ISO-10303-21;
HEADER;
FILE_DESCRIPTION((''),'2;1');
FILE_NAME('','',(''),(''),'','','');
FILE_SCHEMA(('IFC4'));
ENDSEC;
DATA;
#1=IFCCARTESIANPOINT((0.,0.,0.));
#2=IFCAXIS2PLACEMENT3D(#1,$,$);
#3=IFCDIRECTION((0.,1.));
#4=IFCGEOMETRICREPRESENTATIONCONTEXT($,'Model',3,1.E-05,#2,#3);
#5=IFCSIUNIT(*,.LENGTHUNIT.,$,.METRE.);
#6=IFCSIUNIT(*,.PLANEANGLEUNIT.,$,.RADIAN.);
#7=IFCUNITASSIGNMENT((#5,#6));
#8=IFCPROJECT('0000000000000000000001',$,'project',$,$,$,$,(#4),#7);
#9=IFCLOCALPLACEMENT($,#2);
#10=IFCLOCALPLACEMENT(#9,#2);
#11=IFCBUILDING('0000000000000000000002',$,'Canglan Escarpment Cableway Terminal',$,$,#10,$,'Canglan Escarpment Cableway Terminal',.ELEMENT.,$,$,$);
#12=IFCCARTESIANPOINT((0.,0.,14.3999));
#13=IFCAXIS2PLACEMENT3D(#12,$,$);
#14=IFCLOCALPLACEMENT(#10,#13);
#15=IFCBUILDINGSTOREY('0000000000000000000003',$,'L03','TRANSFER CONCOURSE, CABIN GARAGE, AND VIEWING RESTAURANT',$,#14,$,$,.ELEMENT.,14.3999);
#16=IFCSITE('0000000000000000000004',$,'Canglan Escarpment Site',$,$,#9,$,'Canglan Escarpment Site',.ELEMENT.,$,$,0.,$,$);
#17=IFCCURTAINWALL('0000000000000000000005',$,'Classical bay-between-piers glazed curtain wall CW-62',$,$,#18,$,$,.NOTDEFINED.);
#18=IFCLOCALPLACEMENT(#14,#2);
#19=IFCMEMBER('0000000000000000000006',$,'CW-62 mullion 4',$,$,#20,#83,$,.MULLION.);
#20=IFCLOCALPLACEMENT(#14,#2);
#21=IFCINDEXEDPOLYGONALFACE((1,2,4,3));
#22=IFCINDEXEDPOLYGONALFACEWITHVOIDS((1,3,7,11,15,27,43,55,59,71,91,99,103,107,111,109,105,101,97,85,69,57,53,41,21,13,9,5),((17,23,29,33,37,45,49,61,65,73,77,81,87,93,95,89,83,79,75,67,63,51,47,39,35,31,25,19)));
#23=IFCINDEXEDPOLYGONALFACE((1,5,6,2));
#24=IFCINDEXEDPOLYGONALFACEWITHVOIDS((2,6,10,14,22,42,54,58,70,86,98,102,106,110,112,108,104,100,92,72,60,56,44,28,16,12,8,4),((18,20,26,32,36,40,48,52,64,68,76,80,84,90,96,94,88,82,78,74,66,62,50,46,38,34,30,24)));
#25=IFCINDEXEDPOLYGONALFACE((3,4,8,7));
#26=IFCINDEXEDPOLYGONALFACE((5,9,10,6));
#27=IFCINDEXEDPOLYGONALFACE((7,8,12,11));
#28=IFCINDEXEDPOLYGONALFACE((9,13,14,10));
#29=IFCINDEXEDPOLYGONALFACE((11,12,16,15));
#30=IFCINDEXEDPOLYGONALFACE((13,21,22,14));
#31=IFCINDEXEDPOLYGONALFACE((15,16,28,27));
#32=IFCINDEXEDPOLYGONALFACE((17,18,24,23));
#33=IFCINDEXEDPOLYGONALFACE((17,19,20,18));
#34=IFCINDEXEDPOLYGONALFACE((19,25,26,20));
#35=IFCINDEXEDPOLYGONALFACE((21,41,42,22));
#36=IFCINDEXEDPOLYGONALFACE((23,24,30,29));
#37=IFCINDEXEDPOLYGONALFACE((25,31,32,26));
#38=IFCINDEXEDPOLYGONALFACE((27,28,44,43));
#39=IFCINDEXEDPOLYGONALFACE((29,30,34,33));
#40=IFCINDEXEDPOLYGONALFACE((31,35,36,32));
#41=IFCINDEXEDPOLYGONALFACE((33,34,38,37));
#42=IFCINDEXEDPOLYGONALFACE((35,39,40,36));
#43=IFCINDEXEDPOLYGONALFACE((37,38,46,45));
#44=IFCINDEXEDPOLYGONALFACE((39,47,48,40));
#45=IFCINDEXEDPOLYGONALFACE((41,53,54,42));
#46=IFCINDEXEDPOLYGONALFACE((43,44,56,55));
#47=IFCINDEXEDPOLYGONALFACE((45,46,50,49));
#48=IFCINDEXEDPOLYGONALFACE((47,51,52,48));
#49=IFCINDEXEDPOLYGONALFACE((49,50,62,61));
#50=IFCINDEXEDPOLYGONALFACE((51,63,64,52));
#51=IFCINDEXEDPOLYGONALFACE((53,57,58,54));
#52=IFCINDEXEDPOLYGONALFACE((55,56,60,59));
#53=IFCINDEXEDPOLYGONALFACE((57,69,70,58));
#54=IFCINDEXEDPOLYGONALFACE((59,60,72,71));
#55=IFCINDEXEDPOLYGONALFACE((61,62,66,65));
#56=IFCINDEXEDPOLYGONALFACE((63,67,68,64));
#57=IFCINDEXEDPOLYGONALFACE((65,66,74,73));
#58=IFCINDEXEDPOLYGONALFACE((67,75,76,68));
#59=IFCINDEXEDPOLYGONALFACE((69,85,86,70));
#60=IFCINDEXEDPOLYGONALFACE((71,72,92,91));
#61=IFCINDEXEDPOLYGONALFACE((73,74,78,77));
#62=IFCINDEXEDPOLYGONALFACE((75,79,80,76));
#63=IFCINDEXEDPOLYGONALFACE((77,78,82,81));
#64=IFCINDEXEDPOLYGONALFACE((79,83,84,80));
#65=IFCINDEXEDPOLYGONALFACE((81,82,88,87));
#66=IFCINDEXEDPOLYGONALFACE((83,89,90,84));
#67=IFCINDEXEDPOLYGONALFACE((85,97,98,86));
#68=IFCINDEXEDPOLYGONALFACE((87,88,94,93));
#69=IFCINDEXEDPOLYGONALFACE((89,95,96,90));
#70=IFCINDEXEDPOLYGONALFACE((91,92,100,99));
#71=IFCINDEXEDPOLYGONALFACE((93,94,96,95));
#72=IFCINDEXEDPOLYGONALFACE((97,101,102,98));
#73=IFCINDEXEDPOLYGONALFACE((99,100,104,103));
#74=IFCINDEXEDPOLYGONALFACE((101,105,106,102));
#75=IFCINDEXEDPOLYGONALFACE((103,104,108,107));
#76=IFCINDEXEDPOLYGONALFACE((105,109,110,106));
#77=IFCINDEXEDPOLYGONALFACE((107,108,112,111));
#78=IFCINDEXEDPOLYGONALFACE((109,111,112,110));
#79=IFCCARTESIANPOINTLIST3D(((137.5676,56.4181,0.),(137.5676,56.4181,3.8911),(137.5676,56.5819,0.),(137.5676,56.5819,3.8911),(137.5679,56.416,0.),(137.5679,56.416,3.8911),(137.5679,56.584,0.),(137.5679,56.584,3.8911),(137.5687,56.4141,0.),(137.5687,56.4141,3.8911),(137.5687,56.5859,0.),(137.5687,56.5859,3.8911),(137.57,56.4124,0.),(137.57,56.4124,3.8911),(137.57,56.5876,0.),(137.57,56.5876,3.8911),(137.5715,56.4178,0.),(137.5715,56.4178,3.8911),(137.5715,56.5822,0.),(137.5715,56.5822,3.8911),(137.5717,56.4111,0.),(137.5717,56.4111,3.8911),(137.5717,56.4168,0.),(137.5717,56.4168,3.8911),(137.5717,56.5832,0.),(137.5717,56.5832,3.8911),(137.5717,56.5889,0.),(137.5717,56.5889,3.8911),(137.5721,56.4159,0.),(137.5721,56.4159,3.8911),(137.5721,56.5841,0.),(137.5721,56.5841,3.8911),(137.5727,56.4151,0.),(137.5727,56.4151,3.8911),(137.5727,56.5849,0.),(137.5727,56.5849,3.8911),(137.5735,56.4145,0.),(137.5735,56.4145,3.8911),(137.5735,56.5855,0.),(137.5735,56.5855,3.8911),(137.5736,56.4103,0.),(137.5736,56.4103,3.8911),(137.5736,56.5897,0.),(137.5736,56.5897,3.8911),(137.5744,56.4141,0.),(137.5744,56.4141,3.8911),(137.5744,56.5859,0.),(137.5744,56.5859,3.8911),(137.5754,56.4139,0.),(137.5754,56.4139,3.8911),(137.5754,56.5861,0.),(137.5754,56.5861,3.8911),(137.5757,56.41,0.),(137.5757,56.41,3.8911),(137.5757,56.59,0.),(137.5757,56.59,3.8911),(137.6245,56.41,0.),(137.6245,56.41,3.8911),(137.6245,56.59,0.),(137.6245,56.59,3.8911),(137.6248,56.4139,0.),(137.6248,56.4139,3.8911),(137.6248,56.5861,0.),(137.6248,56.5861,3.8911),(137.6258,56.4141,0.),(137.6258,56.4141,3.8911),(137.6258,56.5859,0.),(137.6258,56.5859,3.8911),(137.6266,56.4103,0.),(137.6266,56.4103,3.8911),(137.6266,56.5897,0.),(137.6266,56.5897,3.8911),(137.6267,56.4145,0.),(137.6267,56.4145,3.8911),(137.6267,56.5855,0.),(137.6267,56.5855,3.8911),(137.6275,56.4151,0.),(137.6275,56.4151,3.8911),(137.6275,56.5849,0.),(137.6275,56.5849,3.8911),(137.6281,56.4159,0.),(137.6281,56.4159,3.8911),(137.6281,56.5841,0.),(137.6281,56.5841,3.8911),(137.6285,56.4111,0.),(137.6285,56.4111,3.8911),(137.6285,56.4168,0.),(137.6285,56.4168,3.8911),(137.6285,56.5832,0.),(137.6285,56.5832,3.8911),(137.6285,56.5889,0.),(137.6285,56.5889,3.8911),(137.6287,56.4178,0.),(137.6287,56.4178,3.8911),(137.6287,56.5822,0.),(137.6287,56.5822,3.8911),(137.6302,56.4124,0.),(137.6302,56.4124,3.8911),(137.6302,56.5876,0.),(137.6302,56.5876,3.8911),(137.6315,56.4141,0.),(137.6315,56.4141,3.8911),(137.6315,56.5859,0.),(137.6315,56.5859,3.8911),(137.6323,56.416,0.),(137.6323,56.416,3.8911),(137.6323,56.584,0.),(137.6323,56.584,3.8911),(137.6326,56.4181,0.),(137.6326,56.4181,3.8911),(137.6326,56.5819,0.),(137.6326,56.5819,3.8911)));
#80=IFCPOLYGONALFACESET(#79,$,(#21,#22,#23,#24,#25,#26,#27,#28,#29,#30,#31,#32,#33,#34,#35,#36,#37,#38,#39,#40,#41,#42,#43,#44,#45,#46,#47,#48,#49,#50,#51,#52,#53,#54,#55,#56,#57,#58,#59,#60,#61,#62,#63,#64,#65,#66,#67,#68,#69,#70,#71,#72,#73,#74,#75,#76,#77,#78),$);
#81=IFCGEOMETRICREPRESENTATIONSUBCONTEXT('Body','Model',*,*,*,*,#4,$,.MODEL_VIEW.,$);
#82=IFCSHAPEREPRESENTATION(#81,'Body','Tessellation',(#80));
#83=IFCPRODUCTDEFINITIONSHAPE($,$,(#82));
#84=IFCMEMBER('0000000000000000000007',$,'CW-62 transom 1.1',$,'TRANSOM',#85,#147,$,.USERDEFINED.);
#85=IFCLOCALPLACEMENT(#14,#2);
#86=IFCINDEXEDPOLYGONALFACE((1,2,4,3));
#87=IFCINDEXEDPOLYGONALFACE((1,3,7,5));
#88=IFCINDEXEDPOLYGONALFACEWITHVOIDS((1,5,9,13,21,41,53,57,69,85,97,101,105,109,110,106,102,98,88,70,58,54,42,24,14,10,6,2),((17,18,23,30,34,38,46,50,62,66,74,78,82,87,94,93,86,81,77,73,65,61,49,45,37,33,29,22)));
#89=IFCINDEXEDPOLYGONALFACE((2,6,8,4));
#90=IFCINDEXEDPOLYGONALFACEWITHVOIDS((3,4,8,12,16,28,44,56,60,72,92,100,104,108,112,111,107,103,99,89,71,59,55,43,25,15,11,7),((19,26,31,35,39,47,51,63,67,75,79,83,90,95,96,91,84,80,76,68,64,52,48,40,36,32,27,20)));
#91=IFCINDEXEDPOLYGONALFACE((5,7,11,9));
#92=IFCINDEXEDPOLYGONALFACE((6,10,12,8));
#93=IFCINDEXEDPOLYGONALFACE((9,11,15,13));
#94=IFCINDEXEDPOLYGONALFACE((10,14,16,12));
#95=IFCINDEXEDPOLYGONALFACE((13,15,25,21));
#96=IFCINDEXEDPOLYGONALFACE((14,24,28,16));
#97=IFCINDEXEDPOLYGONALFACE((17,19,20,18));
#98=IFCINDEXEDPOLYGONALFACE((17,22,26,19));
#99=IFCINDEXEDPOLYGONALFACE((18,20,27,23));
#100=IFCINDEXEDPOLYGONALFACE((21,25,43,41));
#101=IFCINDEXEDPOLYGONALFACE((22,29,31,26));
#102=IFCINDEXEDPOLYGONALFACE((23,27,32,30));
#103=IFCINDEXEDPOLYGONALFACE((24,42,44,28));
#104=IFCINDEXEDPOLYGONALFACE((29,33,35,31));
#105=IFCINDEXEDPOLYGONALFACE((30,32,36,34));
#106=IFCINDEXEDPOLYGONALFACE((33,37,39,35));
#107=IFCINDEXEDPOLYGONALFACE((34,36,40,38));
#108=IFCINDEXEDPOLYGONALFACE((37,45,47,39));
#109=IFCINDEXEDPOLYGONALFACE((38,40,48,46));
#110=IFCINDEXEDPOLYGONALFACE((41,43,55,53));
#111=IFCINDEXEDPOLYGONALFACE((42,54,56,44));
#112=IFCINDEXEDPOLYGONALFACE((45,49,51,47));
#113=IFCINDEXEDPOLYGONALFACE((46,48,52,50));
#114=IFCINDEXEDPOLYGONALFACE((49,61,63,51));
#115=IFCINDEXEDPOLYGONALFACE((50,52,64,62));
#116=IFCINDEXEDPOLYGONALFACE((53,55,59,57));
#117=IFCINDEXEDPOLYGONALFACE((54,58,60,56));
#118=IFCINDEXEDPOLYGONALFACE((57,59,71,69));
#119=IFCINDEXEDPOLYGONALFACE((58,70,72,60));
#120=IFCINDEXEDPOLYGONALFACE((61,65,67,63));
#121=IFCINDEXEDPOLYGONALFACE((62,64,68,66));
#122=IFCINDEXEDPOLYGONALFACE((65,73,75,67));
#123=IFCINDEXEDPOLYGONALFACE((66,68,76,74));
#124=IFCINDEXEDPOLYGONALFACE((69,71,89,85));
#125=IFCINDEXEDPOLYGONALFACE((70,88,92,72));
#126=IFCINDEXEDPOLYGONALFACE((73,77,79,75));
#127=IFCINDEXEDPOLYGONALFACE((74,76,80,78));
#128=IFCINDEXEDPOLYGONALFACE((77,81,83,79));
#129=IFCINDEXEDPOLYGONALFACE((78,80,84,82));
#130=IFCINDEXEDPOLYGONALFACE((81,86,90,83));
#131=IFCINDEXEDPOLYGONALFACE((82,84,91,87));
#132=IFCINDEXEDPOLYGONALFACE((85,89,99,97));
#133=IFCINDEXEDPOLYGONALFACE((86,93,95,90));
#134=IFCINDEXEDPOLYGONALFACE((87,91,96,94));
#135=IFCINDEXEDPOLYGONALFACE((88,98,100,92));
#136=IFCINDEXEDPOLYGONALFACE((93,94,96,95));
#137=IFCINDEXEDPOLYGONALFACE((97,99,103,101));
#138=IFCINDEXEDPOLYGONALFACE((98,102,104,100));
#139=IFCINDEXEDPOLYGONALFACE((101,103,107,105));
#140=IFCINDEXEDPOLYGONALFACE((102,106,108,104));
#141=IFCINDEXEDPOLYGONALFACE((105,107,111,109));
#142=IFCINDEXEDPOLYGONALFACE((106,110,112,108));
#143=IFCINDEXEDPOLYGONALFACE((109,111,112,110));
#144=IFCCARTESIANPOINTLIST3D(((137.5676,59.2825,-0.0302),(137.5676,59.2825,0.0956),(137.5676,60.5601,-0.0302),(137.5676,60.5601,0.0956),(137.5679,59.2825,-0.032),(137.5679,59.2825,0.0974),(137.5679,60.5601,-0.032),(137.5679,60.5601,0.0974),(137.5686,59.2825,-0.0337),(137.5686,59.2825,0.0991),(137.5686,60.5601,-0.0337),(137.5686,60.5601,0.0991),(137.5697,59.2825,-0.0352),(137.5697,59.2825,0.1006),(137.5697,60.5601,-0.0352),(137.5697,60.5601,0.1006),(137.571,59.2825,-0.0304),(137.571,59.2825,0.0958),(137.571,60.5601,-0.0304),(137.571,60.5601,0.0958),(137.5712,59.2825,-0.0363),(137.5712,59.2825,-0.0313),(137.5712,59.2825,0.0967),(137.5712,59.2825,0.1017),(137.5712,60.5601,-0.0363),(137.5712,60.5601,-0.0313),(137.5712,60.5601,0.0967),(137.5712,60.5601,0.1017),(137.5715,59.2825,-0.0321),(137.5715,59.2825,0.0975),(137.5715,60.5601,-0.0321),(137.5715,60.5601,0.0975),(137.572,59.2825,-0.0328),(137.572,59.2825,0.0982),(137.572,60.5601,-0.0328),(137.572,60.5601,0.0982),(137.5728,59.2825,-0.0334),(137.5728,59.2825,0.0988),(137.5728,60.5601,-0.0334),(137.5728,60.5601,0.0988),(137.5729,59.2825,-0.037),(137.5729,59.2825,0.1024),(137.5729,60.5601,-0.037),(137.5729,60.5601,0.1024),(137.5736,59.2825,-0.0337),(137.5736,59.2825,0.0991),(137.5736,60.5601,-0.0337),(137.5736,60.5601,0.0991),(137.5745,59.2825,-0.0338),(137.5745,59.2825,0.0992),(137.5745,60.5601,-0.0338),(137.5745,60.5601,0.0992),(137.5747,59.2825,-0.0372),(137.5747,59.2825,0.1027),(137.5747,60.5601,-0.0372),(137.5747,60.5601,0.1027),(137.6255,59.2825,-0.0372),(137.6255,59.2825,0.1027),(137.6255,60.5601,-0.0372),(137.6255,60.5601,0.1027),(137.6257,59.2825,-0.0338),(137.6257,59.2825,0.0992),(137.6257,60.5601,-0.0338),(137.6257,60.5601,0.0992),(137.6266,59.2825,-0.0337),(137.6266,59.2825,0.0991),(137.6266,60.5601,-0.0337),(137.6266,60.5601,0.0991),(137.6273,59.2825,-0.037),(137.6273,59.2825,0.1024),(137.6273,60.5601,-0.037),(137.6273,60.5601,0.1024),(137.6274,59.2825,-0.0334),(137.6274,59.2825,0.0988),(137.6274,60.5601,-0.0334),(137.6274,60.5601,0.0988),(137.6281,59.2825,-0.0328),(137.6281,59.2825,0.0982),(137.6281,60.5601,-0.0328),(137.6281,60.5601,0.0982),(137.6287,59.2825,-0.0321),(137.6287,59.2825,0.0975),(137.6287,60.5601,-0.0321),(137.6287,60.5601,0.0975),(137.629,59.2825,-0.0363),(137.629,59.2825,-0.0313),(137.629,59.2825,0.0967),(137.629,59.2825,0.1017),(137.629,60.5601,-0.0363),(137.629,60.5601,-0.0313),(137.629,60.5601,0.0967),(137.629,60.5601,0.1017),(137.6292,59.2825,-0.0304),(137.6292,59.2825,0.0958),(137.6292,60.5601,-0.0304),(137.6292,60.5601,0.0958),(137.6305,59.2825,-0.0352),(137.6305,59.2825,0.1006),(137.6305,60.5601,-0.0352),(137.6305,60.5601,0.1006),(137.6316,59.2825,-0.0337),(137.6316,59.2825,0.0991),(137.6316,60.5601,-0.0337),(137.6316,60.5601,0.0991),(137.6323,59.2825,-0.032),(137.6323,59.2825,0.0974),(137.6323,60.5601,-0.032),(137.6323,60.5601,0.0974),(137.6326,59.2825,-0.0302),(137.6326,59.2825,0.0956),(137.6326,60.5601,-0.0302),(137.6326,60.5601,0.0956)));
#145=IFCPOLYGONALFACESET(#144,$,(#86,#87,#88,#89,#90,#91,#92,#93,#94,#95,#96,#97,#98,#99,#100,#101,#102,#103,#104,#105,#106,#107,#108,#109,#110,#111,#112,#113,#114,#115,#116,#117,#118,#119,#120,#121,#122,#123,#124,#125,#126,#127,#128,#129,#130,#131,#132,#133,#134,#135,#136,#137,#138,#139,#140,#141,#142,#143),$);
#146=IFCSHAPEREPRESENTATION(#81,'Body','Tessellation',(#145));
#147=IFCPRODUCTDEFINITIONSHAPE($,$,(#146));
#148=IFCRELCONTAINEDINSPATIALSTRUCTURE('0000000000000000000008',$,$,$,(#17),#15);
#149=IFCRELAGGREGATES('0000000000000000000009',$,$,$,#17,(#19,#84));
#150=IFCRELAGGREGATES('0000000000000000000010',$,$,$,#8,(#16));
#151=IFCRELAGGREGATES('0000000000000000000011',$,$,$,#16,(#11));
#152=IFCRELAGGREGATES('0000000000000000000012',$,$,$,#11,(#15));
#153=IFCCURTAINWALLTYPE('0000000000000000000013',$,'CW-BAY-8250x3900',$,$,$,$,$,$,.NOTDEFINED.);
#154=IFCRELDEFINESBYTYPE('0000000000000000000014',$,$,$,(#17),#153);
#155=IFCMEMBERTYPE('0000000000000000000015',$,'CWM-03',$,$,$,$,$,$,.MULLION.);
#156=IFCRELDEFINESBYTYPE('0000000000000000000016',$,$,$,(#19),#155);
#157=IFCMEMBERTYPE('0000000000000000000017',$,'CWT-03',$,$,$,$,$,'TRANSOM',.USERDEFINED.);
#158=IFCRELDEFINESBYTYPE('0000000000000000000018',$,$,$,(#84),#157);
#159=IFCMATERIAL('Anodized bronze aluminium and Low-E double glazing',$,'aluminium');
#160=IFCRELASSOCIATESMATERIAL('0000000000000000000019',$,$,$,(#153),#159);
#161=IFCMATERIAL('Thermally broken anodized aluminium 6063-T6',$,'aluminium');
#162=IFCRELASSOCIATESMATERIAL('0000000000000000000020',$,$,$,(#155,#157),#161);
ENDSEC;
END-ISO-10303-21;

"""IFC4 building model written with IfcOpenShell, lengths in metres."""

from ifc_helpers import new_model, si_unit, direction, frame, origin, origin_2d, place, context, subcontext, project, spatial, hollow_rectangle, extrude, material, material_profile, profile_set, type_object, element, aggregate, save


model = new_model("IFC4")

# Units and contexts
model_context = context("Model", 3, precision=1e-05, world=origin(), true_north=direction((0.0, 1.0)))
body_context = subcontext(model_context, "Body", "Model", "MODEL_VIEW")
ifc_project = project(units=[si_unit("LENGTHUNIT", "METRE"), si_unit("PLANEANGLEUNIT", "RADIAN")], contexts=[model_context])

# Site, building, storey
site_placement = place(None, origin())
site = spatial("IfcSite", under=ifc_project, at=site_placement, Name="Canglan Escarpment Site", LongName="Canglan Escarpment Site", CompositionType="ELEMENT", RefElevation=0.0)
building_placement = place(site_placement, origin())
building = spatial("IfcBuilding", under=site, at=building_placement, Name="Canglan Escarpment Cableway Terminal", LongName="Canglan Escarpment Cableway Terminal", CompositionType="ELEMENT")
storey_placement = place(building_placement, frame((0.0, 0.0, 14.3999)))
storey = spatial("IfcBuildingStorey", under=building, at=storey_placement, Name="L03", Description="TRANSFER CONCOURSE, CABIN GARAGE, AND VIEWING RESTAURANT", CompositionType="ELEMENT", Elevation=14.3999)

# Curtain wall, members
ifc_material_1 = material(Name="Anodized bronze aluminium and Low-E double glazing", Category="aluminium")
curtain_wall_type = type_object("IfcCurtainWallType", Name="CW-BAY-8250x3900", PredefinedType="NOTDEFINED", material=ifc_material_1)
curtain_wall_placement = place(storey_placement, origin())
curtain_wall = element("IfcCurtainWall", 1, at=curtain_wall_placement, inside=storey, type_object=curtain_wall_type, Name="Classical bay-between-piers glazed curtain wall CW-62", PredefinedType="NOTDEFINED")
ifc_material_2 = material(Name="Thermally broken anodized aluminium 6063-T6", Category="aluminium")
ifc_material_profile_1 = material_profile(ifc_material_2, hollow_rectangle(XDim=0.0649, YDim=0.1799, WallThickness=0.0039, InnerFilletRadius=0.0039, OuterFilletRadius=0.0081, at=origin_2d()), Name="ALU-MULL 65x180x4")
ifc_profile_set_1 = profile_set([ifc_material_profile_1], Name="Thermally broken anodized aluminium 6063-T6")
member_type_1 = type_object("IfcMemberType", Name="CWM-03", PredefinedType="MULLION", material=ifc_profile_set_1)
member_1_placement = place(storey_placement, frame((137.6001, 56.5, 0.0), z_axis=(0.0, 0.0, 1.0), x_axis=(1.0, 0.0, 0.0)))
member_1 = element("IfcMember", 2, at=member_1_placement, type_object=member_type_1, Name="CW-62 mullion 4", PredefinedType="MULLION", context=body_context, shape_type="SweptSolid", body=[
    extrude(hollow_rectangle(XDim=0.0649, YDim=0.1799, WallThickness=0.0039, InnerFilletRadius=0.0039, OuterFilletRadius=0.0081, at=origin_2d()), origin(), (0.0, 0.0, 1.0), 3.8911),
])
ifc_material_profile_2 = material_profile(ifc_material_2, hollow_rectangle(XDim=0.0649, YDim=0.1399, WallThickness=0.0034, InnerFilletRadius=0.0034, OuterFilletRadius=0.0071, at=origin_2d()), Name="ALU-TRAN 65x140x3.5")
ifc_profile_set_2 = profile_set([ifc_material_profile_2], Name="Thermally broken anodized aluminium 6063-T6")
member_type_2 = type_object("IfcMemberType", Name="CWT-03", ElementType="TRANSOM", PredefinedType="USERDEFINED", material=ifc_profile_set_2)
member_2_placement = place(storey_placement, frame((137.6001, 60.5601, 0.0327), z_axis=(0.0, -1.0, 0.0), x_axis=(1.0, 0.0, 0.0)))
member_2 = element("IfcMember", 3, at=member_2_placement, type_object=member_type_2, Name="CW-62 transom 1.1", ObjectType="TRANSOM", PredefinedType="USERDEFINED", context=body_context, shape_type="SweptSolid", body=[
    extrude(hollow_rectangle(XDim=0.0649, YDim=0.1399, WallThickness=0.0034, InnerFilletRadius=0.0034, OuterFilletRadius=0.0071, at=origin_2d()), origin(), (0.0, 0.0, 1.0), 1.2776),
])
aggregate(curtain_wall, [member_1, member_2])

save(model, "model.ifc")
